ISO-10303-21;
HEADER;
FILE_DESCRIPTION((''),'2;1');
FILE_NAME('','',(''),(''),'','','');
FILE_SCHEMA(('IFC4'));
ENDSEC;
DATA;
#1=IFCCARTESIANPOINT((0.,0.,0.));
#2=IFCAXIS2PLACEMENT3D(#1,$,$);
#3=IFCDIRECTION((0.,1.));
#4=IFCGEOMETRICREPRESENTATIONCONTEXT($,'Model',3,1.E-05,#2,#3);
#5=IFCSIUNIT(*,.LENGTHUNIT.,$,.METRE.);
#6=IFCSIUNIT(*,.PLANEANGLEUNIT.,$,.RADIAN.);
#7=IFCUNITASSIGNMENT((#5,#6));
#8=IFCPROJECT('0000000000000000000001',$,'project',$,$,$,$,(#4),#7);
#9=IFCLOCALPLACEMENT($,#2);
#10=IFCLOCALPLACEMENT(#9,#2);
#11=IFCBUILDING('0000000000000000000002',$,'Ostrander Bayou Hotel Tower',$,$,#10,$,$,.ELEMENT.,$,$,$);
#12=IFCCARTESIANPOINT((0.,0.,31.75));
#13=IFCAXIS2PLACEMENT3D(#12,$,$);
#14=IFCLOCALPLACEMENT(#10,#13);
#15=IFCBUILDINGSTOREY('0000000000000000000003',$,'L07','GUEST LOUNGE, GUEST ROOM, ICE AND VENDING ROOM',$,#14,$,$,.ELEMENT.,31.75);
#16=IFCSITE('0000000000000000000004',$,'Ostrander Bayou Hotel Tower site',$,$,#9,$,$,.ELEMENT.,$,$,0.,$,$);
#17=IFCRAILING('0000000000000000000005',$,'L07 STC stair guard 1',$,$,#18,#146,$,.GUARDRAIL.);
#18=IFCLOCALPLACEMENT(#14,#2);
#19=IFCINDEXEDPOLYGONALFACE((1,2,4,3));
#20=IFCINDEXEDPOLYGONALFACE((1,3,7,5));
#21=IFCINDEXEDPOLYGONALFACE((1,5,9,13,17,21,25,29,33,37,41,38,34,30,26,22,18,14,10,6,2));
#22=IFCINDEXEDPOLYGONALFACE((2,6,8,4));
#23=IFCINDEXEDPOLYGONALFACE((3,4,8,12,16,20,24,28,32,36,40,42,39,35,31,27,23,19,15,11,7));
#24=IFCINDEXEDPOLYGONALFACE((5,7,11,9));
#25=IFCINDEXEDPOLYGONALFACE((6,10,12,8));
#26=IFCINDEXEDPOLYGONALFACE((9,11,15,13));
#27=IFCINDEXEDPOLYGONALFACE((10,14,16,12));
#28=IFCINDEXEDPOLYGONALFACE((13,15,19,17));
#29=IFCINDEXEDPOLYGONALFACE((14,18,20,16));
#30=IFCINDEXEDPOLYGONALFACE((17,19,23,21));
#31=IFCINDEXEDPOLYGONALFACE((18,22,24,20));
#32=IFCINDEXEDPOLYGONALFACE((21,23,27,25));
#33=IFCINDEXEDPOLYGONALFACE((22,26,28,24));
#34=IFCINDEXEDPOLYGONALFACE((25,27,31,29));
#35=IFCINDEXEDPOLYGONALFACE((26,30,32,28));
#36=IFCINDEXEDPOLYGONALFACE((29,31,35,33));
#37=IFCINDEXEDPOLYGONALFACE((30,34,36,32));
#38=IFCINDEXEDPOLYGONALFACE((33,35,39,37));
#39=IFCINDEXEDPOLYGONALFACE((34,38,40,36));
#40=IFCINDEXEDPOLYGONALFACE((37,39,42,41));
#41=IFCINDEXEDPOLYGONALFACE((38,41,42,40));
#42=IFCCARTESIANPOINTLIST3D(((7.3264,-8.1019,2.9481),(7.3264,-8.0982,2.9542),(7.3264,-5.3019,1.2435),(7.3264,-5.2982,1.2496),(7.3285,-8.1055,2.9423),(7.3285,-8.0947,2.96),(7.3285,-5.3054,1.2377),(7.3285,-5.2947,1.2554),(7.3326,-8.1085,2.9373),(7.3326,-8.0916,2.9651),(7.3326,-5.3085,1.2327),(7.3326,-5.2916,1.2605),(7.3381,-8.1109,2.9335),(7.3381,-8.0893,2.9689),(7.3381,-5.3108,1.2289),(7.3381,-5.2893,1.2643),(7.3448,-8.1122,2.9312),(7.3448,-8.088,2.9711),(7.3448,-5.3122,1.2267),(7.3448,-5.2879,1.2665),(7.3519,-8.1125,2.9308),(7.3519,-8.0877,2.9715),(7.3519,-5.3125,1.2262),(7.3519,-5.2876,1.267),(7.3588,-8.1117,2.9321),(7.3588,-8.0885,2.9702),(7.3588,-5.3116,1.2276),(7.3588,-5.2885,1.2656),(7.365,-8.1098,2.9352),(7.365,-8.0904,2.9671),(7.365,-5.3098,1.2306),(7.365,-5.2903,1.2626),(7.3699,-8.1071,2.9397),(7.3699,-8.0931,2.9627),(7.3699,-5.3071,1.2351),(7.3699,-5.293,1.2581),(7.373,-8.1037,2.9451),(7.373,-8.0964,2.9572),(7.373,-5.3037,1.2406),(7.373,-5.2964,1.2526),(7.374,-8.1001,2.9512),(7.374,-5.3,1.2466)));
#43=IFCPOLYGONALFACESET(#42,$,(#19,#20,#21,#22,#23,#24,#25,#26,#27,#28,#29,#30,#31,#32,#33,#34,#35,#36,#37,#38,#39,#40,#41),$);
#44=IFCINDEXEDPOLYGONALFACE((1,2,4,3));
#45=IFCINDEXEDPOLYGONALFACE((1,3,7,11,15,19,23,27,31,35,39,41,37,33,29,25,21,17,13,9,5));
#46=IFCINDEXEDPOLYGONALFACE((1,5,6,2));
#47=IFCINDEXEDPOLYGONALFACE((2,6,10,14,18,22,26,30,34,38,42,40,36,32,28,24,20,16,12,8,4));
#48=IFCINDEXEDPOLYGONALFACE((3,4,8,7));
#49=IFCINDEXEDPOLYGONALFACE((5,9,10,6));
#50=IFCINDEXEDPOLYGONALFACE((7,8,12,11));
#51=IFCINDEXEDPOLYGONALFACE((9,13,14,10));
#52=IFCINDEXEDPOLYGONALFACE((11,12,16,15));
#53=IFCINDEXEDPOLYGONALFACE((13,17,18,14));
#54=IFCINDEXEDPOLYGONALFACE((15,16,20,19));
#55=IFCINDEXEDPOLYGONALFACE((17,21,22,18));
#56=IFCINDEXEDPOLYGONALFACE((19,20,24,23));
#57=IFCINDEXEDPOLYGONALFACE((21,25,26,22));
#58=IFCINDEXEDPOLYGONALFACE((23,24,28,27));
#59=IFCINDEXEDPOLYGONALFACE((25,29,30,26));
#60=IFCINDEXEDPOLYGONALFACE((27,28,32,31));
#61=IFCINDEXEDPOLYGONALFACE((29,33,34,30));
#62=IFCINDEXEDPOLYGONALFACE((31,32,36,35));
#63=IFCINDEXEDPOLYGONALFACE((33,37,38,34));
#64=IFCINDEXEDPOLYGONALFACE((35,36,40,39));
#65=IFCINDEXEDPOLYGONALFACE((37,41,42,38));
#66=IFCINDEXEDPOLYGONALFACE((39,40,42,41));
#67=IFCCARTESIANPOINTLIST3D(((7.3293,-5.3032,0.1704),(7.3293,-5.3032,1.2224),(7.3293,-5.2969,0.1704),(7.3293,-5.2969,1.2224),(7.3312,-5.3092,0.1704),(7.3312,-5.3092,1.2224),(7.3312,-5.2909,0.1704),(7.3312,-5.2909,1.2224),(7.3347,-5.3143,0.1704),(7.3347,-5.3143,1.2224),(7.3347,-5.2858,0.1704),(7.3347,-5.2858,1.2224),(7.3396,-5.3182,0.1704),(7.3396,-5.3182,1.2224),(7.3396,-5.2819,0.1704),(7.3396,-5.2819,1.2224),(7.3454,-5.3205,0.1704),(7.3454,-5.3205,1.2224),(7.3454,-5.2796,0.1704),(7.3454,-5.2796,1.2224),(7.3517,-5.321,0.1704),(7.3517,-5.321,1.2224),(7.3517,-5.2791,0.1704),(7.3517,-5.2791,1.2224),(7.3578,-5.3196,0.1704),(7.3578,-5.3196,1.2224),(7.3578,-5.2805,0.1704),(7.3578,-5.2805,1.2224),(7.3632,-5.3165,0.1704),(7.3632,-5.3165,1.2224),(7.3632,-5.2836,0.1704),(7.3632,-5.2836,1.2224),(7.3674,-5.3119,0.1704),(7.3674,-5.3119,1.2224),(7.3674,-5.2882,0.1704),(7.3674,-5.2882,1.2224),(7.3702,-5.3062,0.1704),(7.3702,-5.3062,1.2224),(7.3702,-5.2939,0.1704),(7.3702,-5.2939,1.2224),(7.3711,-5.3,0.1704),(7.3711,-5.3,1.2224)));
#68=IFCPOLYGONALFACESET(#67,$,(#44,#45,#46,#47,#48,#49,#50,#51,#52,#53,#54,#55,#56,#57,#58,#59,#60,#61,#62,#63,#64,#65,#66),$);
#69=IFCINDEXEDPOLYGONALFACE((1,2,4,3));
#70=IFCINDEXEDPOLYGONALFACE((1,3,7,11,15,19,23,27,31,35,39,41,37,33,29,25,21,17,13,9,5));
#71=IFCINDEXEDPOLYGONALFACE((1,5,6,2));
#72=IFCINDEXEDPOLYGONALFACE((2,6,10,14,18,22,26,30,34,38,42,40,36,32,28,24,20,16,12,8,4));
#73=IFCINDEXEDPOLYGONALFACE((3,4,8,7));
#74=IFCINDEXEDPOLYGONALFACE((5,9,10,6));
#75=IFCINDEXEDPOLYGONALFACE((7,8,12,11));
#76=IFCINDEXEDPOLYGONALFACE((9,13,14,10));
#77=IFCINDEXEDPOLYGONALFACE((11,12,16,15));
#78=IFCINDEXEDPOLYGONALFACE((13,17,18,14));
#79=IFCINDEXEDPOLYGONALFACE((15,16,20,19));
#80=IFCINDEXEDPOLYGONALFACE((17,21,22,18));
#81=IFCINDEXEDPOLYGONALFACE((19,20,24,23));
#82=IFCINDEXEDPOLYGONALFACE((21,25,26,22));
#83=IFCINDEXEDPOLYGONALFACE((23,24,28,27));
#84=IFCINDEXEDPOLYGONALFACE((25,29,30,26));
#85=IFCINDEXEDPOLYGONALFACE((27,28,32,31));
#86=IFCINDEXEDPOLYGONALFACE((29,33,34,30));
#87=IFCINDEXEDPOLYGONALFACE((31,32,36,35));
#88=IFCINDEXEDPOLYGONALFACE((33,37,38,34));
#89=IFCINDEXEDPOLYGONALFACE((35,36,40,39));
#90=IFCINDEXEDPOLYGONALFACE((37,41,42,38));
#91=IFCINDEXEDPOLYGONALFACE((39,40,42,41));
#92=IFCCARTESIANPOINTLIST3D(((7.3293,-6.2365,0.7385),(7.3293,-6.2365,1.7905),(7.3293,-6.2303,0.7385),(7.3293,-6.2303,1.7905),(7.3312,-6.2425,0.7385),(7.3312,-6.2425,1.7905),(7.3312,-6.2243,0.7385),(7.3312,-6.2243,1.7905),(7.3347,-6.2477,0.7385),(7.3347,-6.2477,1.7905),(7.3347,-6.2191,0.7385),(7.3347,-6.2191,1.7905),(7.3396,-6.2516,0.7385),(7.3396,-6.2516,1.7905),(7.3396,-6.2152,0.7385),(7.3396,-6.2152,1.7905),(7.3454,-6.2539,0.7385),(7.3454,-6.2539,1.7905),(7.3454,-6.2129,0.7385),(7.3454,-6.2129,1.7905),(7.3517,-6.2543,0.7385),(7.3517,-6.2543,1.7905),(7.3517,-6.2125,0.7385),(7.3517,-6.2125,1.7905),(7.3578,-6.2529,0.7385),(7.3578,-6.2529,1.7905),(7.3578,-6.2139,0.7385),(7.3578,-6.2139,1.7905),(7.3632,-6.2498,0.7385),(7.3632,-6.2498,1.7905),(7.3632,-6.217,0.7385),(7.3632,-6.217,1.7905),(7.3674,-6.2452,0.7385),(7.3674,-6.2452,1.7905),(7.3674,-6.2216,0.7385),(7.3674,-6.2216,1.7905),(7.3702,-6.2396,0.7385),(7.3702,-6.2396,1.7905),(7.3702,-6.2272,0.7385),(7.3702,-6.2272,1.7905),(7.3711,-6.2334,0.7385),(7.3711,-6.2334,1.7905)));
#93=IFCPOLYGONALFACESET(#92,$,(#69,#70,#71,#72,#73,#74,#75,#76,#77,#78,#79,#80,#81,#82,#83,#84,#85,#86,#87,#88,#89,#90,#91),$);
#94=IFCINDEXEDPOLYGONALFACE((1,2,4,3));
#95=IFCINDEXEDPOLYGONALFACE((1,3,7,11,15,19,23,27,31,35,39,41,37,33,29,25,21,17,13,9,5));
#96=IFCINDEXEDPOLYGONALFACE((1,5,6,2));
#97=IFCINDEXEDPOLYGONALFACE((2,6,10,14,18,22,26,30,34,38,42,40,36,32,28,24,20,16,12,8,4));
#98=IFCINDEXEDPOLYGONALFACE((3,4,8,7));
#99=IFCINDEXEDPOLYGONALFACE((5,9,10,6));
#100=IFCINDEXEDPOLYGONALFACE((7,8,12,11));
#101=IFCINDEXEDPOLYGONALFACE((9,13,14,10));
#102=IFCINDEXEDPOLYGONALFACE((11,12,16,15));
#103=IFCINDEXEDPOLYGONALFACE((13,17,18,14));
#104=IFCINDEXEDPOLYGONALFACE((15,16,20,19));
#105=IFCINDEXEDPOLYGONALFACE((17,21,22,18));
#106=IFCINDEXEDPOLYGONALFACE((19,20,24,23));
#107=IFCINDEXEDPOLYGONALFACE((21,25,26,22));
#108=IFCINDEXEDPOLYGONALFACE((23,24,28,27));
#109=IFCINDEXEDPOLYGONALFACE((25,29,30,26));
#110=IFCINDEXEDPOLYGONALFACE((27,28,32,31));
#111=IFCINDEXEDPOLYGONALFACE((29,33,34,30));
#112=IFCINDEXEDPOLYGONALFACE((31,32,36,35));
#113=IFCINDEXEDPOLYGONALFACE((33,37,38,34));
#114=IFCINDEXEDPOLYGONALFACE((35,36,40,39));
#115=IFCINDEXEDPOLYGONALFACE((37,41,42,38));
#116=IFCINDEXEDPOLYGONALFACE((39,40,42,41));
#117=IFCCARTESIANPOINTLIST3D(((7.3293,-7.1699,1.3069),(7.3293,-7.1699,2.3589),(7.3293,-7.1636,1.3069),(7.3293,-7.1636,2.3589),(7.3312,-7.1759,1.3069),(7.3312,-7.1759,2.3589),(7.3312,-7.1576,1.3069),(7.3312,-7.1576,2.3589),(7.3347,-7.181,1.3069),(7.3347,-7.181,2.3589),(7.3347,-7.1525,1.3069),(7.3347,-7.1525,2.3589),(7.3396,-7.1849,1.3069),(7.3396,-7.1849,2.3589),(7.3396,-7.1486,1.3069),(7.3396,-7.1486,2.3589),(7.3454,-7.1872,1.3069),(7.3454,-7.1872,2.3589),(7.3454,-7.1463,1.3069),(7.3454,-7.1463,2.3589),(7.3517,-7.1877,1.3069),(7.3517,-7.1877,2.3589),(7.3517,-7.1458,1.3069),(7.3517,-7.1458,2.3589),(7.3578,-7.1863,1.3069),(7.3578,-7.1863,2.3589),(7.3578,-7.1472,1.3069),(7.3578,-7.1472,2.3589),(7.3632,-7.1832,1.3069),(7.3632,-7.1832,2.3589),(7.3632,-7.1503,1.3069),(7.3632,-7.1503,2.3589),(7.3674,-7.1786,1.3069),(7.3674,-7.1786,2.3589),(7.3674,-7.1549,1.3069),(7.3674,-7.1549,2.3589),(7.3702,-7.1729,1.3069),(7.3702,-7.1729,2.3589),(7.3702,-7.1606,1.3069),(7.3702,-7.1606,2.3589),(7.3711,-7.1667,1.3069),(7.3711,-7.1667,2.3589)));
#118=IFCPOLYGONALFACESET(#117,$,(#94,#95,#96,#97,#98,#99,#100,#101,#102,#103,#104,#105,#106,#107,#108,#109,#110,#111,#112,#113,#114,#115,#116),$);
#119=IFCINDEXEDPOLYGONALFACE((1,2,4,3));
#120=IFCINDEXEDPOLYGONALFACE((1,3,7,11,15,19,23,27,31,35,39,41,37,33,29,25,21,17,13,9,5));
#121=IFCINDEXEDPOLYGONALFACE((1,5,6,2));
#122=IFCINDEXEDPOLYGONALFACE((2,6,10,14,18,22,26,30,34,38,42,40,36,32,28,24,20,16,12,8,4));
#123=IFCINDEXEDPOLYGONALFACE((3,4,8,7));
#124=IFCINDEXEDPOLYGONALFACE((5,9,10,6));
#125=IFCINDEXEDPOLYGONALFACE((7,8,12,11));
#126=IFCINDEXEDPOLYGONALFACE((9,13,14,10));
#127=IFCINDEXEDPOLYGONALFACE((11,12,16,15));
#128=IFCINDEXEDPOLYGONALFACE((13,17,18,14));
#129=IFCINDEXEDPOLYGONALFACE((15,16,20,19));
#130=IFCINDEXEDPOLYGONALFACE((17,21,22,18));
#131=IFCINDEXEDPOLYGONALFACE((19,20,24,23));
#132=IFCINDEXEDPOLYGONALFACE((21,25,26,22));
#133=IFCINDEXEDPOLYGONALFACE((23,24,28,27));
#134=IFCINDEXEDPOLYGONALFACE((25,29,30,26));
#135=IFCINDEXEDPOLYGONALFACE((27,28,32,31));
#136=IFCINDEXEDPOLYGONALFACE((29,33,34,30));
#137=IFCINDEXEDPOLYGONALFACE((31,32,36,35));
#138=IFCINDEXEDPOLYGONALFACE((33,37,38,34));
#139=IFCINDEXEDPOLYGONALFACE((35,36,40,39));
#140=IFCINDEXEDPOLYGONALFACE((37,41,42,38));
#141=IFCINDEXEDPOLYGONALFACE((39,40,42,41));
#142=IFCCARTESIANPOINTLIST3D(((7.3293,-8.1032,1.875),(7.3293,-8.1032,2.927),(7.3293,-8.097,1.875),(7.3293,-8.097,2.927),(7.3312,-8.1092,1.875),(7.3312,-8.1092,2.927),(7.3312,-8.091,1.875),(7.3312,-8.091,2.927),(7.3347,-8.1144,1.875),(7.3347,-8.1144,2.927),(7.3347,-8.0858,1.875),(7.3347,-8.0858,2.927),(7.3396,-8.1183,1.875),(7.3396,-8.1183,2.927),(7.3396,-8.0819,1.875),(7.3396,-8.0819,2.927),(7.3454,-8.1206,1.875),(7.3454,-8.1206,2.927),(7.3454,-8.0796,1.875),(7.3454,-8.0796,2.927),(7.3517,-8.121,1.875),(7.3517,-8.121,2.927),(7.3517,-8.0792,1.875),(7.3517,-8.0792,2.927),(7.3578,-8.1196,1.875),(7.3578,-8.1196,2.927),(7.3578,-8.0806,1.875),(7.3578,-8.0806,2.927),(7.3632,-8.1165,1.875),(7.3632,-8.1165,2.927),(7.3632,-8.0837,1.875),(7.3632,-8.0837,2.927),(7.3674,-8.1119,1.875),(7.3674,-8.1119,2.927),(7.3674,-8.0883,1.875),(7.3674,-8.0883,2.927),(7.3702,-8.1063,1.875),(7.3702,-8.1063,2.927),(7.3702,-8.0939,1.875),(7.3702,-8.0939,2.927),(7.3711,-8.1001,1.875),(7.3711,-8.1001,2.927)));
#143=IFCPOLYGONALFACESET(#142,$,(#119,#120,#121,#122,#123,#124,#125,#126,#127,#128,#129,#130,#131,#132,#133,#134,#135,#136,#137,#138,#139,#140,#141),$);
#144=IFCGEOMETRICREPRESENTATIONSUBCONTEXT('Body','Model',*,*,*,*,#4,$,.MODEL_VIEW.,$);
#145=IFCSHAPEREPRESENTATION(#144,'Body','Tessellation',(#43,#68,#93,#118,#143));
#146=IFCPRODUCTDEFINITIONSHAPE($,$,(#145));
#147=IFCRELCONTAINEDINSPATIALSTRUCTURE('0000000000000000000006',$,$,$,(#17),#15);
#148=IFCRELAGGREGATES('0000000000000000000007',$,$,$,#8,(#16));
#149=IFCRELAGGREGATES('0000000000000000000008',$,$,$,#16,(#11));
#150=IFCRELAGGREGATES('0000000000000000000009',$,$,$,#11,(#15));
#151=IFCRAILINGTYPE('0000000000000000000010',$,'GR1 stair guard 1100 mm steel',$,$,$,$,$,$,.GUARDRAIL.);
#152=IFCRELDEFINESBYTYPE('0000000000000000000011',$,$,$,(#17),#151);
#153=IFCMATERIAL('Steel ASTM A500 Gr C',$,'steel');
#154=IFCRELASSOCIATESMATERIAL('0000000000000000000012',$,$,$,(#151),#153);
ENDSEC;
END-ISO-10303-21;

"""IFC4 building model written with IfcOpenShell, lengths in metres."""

from ifc_helpers import new_model, si_unit, direction, frame, origin, origin_2d, place, context, subcontext, project, spatial, circle, extrude, material, type_object, element, save


model = new_model("IFC4")

# Units and contexts
model_context = context("Model", 3, precision=1e-05, world=origin(), true_north=direction((0.0, 1.0)))
body_context = subcontext(model_context, "Body", "Model", "MODEL_VIEW")
ifc_project = project(units=[si_unit("LENGTHUNIT", "METRE"), si_unit("PLANEANGLEUNIT", "RADIAN")], contexts=[model_context])

# Site, building, storey
site_placement = place(None, origin())
site = spatial("IfcSite", under=ifc_project, at=site_placement, Name="Ostrander Bayou Hotel Tower site", CompositionType="ELEMENT", RefElevation=0.0)
building_placement = place(site_placement, origin())
building = spatial("IfcBuilding", under=site, at=building_placement, Name="Ostrander Bayou Hotel Tower", CompositionType="ELEMENT")
storey_placement = place(building_placement, frame((0.0, 0.0, 31.75)))
storey = spatial("IfcBuildingStorey", under=building, at=storey_placement, Name="L07", Description="GUEST LOUNGE, GUEST ROOM, ICE AND VENDING ROOM", CompositionType="ELEMENT", Elevation=31.75)

# Railing
ifc_material_1 = material(Name="Steel ASTM A500 Gr C", Category="steel")
railing_type = type_object("IfcRailingType", Name="GR1 stair guard 1100 mm steel", PredefinedType="GUARDRAIL", material=ifc_material_1)
railing_1_placement = place(storey_placement, frame((7.3501, -5.3, 0.1704)))
element("IfcRailing", 1, at=railing_1_placement, inside=storey, type_object=railing_type, Name="L07 STC stair guard 1", PredefinedType="GUARDRAIL", context=body_context, shape_type="SweptSolid", body=[
    extrude(circle(Radius=0.0239, at=origin_2d()), frame((0.0, 0.0, 1.0762), z_axis=(0.0, -0.85417, 0.519994), x_axis=(1.0, 0.0, 0.0)), (0.0, 0.0, 1.0), 3.2781),
    extrude(circle(Radius=0.021, at=origin_2d()), origin(), (0.0, 0.0, 1.0), 1.052),
    extrude(circle(Radius=0.021, at=origin_2d()), frame((0.0, -0.9333, 0.5681)), (0.0, 0.0, 1.0), 1.052),
    extrude(circle(Radius=0.021, at=origin_2d()), frame((0.0, -1.8667, 1.1365)), (0.0, 0.0, 1.0), 1.052),
    extrude(circle(Radius=0.021, at=origin_2d()), frame((0.0, -2.8, 1.7046)), (0.0, 0.0, 1.0), 1.052),
])

save(model, "model.ifc")
